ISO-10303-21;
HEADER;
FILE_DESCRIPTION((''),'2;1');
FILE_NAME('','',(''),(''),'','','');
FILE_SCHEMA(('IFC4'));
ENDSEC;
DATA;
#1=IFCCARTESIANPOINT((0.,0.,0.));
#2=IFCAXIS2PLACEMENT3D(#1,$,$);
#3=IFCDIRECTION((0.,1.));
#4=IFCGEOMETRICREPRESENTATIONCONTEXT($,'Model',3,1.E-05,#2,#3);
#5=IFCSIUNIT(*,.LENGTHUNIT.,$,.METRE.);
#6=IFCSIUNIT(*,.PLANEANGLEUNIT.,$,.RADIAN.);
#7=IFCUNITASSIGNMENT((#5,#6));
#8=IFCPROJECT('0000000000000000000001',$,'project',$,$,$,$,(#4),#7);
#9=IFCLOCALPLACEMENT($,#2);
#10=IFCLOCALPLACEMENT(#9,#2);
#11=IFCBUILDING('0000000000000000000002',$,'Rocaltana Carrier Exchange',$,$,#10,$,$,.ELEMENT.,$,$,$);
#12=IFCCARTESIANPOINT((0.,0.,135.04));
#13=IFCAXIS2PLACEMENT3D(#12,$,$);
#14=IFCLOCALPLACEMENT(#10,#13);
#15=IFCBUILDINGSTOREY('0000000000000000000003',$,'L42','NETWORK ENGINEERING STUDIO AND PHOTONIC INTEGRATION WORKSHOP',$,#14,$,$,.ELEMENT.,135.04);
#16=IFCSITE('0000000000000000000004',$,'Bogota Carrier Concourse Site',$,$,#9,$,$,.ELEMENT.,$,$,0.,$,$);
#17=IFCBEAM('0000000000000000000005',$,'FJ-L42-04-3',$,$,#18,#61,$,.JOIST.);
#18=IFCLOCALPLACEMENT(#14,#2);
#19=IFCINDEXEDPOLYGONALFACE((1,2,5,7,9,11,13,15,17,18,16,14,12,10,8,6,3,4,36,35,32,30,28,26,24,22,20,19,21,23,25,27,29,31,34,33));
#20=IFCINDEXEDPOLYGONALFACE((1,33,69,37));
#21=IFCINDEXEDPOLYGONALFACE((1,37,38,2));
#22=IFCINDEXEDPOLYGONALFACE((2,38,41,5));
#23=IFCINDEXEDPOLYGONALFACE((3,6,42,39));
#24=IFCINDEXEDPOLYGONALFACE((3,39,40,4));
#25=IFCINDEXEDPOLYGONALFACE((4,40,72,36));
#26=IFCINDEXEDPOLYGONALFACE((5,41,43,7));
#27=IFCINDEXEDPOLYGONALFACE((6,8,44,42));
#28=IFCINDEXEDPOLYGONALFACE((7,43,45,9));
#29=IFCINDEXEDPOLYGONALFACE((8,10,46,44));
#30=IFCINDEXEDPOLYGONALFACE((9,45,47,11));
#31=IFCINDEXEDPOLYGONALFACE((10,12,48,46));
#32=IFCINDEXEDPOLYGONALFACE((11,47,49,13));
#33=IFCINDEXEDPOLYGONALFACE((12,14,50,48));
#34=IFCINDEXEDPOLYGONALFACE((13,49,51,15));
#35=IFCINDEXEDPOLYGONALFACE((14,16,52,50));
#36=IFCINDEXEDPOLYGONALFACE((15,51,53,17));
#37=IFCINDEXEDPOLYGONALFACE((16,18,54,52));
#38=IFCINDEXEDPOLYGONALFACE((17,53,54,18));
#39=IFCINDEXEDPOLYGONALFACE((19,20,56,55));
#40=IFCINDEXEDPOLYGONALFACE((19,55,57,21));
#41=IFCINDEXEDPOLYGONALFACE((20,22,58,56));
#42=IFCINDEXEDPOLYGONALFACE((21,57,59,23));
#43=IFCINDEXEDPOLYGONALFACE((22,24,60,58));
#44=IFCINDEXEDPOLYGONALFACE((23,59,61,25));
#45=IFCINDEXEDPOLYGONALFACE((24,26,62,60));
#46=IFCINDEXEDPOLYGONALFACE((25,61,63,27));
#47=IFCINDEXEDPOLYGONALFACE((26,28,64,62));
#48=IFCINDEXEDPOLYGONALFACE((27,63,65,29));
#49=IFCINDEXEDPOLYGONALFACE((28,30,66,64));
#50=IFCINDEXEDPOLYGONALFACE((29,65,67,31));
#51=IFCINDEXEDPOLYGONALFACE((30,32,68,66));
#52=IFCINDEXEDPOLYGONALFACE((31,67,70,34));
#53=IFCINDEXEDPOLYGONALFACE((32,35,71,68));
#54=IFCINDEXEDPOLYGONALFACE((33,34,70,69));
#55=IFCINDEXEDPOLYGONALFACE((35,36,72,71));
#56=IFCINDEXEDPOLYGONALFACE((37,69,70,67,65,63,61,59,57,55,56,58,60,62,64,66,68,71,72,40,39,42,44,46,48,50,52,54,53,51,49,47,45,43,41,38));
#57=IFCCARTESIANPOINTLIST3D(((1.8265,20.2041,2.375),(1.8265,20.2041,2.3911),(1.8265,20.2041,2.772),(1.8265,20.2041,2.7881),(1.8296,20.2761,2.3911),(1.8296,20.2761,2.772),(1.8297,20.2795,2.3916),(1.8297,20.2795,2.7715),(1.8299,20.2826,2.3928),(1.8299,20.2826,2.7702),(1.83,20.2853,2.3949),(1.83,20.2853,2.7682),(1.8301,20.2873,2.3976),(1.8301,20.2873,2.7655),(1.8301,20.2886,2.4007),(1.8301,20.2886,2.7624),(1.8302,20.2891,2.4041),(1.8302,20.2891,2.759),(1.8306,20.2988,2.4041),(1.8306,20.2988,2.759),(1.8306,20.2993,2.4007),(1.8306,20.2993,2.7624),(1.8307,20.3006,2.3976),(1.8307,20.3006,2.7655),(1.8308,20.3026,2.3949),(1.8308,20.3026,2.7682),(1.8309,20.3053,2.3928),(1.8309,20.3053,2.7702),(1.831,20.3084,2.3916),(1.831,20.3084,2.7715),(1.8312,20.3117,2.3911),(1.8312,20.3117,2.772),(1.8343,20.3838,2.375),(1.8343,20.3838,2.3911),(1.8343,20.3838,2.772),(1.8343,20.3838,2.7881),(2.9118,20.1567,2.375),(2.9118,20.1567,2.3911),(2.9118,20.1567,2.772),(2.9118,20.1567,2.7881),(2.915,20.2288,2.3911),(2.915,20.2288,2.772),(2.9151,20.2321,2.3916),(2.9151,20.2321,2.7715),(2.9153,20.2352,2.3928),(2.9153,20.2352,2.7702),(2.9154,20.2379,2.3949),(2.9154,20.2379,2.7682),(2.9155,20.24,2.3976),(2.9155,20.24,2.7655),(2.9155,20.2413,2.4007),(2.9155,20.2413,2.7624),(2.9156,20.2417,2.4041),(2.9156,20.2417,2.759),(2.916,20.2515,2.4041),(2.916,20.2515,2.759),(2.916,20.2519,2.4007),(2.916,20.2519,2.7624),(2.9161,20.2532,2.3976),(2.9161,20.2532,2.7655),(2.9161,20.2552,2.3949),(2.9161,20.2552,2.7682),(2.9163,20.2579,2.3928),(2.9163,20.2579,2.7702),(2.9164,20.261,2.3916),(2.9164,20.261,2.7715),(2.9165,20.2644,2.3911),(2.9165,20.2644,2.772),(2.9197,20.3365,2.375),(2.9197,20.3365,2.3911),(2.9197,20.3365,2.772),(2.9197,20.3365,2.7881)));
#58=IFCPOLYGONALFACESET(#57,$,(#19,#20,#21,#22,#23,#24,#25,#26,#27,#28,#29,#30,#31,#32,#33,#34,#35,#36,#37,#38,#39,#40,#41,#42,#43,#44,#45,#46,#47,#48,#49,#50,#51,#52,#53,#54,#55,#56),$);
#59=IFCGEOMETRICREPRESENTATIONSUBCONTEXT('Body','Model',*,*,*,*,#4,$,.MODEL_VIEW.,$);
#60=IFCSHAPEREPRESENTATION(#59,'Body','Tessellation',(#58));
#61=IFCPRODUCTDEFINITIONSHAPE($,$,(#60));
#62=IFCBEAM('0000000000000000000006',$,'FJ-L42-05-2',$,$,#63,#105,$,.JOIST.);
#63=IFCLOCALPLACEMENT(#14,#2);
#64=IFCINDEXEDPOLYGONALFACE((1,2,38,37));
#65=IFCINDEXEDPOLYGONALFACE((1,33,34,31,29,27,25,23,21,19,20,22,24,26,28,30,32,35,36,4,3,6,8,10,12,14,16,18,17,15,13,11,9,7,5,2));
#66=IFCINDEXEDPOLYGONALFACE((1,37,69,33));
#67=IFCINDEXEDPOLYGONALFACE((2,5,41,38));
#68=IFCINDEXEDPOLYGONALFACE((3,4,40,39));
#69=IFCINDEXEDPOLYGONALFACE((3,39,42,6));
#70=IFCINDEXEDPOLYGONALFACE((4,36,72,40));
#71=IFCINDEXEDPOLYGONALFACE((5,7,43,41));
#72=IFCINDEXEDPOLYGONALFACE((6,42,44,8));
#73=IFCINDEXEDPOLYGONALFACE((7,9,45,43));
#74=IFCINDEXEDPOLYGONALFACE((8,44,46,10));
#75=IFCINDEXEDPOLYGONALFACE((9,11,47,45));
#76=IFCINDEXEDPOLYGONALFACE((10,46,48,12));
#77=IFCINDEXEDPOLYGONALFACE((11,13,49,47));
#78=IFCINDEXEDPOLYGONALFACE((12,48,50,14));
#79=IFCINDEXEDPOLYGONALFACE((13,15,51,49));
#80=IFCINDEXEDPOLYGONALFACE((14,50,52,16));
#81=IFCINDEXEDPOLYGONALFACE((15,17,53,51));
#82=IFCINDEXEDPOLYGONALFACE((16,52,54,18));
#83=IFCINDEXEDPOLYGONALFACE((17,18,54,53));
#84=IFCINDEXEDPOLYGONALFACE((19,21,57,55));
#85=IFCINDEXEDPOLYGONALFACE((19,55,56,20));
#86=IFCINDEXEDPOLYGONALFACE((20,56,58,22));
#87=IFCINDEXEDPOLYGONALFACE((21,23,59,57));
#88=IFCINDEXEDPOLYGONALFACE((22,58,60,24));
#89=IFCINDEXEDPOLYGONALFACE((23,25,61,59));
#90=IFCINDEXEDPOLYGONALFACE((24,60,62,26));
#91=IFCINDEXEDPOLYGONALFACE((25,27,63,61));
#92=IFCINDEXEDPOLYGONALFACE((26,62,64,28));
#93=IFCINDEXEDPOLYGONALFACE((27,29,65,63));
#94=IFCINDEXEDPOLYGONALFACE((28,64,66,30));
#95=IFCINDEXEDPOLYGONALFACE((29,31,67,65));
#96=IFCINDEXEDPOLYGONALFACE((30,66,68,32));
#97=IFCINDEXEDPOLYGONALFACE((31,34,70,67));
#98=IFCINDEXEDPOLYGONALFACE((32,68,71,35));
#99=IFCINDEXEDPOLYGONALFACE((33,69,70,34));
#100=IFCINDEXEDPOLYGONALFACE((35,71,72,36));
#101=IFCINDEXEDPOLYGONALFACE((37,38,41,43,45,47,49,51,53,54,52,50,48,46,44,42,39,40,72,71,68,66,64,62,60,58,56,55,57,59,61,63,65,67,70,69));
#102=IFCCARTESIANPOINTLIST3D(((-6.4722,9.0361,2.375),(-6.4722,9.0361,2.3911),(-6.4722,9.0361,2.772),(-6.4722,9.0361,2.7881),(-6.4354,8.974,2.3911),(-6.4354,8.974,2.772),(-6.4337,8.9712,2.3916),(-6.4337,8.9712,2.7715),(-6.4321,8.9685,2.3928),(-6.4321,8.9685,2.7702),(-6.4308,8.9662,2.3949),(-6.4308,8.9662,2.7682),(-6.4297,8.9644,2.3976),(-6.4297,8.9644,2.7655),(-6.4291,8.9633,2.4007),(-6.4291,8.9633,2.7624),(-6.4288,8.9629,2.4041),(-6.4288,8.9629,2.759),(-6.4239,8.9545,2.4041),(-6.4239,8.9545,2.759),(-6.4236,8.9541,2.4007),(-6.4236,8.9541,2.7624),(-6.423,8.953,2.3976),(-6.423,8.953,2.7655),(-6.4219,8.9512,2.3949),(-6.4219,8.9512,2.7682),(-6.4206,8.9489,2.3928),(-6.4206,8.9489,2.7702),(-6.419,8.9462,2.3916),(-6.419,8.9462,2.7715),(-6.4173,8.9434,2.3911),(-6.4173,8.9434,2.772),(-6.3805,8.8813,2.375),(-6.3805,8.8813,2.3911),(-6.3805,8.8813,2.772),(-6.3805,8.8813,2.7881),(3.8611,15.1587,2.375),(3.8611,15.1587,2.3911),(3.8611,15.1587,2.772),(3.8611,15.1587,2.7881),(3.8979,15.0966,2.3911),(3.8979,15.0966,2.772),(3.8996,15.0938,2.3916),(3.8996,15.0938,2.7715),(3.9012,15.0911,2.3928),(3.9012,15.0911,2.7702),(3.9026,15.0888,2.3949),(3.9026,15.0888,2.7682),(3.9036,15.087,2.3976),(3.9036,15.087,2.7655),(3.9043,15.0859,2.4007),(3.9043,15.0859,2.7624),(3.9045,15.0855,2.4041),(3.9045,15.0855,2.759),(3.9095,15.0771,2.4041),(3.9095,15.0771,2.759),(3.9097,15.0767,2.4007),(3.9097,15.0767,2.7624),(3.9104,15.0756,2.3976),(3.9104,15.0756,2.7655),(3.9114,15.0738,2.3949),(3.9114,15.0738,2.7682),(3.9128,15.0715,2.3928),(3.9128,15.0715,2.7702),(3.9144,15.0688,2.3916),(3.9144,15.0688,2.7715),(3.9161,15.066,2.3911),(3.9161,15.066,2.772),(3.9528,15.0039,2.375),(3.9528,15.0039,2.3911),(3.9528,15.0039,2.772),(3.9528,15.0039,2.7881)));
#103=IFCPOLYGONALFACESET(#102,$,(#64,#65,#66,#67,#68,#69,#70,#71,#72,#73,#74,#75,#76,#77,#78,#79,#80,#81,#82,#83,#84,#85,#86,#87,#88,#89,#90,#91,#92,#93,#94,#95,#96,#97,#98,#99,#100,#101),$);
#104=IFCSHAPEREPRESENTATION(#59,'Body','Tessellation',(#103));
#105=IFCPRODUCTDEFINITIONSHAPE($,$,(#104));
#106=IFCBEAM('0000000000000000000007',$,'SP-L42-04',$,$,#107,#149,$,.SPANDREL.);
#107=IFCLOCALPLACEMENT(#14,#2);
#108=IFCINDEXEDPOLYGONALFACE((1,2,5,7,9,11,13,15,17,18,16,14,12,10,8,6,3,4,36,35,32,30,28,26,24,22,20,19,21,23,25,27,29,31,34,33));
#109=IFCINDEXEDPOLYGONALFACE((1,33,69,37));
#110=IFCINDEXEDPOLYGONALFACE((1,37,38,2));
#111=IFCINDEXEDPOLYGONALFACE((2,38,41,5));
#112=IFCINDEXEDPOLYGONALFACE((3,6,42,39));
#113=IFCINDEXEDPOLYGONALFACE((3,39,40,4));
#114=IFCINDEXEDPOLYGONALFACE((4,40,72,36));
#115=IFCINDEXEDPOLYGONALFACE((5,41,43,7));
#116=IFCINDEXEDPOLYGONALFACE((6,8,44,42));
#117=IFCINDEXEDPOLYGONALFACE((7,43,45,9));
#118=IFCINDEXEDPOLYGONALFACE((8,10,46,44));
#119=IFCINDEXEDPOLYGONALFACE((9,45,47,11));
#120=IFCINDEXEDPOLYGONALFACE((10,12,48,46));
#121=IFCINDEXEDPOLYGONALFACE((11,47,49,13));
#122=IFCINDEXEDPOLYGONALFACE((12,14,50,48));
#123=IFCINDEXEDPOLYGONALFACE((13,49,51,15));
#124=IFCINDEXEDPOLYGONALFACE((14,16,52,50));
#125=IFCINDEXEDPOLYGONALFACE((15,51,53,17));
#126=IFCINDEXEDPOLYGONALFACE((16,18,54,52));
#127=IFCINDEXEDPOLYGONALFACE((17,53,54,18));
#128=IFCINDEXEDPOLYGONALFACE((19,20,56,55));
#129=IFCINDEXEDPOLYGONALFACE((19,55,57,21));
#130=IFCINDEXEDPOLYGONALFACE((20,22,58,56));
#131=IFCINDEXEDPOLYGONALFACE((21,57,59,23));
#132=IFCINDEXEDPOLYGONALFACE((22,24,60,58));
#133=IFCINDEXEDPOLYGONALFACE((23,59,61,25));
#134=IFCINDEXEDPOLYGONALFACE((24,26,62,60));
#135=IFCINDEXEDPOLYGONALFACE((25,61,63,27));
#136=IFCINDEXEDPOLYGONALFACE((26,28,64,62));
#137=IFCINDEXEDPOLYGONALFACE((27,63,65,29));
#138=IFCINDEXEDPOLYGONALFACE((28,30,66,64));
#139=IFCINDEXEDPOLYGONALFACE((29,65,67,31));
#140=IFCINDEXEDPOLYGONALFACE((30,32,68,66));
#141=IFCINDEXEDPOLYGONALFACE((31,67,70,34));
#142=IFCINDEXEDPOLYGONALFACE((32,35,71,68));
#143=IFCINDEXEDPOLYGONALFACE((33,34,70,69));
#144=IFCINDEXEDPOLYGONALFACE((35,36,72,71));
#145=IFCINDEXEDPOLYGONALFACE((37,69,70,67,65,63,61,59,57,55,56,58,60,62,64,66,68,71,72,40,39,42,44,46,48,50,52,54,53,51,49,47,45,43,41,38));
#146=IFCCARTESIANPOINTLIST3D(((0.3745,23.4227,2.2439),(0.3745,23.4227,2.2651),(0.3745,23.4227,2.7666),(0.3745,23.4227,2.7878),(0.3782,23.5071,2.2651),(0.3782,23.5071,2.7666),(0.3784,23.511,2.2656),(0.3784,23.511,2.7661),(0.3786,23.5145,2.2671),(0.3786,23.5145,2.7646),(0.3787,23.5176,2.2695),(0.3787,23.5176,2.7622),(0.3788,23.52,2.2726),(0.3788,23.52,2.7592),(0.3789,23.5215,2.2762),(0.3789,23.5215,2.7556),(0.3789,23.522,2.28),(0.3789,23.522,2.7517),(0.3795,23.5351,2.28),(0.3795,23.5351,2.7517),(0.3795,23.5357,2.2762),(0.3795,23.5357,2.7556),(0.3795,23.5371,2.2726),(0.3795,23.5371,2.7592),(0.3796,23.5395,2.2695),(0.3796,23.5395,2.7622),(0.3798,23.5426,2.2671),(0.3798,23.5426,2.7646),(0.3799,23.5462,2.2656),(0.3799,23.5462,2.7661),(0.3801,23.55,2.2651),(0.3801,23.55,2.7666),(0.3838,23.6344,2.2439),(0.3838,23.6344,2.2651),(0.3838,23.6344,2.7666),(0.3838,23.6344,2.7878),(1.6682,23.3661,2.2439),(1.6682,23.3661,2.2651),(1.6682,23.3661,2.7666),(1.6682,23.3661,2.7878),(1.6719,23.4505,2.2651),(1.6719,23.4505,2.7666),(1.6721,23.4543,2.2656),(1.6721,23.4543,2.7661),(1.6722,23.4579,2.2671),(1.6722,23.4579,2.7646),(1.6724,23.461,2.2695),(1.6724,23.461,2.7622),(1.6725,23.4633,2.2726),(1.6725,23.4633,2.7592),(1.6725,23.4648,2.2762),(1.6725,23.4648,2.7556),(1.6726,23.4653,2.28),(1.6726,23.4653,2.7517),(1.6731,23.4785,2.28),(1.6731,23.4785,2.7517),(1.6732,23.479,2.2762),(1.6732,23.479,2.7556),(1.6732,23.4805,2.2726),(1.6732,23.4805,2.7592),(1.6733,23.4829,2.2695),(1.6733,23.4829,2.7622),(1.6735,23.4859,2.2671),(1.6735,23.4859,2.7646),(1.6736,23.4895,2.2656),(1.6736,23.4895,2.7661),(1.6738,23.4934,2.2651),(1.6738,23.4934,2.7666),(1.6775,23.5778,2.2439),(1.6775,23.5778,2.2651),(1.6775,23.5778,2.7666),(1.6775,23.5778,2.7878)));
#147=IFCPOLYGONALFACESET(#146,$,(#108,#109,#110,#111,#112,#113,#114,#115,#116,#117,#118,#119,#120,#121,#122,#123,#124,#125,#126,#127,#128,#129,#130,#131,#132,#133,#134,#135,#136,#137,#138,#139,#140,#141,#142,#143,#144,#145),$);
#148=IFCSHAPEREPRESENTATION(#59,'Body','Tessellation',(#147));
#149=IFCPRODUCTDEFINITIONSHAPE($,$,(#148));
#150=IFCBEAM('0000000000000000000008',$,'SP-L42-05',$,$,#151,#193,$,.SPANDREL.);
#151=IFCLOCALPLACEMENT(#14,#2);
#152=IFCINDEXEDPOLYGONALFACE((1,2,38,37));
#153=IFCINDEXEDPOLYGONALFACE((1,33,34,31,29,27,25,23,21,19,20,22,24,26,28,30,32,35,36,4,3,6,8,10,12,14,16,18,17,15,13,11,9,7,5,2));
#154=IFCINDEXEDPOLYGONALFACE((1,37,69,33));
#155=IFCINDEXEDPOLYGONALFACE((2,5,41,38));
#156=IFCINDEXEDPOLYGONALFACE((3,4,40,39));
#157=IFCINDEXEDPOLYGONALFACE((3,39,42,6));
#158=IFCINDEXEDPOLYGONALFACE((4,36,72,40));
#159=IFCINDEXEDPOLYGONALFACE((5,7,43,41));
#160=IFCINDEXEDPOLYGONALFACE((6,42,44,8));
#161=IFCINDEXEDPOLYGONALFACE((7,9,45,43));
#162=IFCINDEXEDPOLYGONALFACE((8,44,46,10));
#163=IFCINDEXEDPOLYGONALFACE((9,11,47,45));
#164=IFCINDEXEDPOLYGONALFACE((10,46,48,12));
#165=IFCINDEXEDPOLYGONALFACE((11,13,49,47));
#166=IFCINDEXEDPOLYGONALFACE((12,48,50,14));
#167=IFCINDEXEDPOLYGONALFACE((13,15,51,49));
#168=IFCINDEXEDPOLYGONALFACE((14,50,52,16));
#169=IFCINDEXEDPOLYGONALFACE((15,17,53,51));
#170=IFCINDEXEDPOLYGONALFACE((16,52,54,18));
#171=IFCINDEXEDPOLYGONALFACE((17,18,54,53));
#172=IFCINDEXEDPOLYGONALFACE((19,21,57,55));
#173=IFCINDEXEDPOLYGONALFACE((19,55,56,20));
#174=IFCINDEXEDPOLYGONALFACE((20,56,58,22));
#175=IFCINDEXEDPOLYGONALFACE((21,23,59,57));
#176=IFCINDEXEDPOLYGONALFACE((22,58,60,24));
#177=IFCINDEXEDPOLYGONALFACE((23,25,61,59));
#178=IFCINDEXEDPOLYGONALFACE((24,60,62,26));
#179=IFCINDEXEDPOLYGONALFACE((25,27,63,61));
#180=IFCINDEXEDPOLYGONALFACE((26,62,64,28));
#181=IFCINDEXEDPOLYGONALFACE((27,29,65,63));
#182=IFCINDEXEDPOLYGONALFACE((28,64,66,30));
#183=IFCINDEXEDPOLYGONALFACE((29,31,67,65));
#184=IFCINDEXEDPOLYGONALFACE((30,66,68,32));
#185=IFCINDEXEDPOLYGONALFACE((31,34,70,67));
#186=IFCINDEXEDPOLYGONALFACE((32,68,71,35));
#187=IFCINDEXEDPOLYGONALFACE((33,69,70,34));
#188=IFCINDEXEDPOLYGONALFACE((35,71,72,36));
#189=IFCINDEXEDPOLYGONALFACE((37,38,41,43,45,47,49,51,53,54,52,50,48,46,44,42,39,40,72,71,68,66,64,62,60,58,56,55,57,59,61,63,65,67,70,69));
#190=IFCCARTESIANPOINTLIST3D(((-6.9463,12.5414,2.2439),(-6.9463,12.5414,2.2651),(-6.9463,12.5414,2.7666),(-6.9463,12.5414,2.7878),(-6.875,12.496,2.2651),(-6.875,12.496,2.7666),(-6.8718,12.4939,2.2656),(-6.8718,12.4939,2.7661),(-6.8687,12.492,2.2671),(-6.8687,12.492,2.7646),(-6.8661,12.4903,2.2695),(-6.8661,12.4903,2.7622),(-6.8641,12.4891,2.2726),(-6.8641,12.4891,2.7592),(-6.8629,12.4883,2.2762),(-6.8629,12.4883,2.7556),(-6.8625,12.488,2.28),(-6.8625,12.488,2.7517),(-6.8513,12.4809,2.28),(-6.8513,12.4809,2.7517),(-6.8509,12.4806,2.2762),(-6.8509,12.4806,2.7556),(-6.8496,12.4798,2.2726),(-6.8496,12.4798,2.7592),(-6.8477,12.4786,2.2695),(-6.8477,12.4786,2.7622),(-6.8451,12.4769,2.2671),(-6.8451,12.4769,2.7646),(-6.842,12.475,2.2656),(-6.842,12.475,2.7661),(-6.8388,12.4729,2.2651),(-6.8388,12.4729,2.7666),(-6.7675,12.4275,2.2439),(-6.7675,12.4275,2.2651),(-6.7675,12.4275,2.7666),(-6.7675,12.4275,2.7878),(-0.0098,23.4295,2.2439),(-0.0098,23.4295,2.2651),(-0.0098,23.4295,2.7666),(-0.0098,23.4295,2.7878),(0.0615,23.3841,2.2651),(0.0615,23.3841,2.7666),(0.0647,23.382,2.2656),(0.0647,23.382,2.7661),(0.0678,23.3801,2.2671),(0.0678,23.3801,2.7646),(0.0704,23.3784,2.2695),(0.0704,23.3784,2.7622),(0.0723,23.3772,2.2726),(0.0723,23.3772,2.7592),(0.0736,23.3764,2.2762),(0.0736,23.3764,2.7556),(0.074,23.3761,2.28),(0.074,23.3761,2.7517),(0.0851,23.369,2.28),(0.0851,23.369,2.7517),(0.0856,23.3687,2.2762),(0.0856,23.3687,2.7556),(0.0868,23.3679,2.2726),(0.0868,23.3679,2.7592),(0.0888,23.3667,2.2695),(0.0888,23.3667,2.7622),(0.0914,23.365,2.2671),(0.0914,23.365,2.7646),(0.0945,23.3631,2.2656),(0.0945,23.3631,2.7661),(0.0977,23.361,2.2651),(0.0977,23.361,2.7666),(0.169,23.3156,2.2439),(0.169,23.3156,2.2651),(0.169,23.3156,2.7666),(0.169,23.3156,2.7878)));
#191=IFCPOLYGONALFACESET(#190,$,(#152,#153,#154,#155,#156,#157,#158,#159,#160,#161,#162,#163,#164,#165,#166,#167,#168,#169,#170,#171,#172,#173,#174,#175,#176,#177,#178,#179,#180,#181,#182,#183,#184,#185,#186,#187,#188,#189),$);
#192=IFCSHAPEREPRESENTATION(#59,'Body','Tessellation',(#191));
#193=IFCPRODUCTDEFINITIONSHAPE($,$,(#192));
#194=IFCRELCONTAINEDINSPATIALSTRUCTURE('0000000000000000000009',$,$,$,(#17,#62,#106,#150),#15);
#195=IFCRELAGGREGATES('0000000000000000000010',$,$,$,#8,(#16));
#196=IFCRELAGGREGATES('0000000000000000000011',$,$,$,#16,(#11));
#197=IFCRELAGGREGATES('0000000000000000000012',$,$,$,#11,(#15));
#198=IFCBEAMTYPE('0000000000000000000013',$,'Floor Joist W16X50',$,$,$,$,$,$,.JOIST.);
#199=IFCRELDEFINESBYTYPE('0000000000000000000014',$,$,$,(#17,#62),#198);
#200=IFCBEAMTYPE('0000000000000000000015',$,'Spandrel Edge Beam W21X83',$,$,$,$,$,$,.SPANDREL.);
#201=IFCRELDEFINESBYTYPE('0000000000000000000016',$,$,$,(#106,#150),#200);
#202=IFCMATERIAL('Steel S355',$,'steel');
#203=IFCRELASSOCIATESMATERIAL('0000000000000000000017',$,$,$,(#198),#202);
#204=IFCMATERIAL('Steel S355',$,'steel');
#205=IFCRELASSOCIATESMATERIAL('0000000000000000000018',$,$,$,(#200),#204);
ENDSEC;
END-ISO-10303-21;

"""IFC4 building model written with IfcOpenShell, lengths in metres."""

from ifc_helpers import new_model, si_unit, direction, frame, origin, origin_2d, place, context, subcontext, project, spatial, i_section, extrude, material, material_profile, profile_set, type_object, element, save


model = new_model("IFC4")

# Units and contexts
model_context = context("Model", 3, precision=1e-05, world=origin(), true_north=direction((0.0, 1.0)))
body_context = subcontext(model_context, "Body", "Model", "MODEL_VIEW")
ifc_project = project(units=[si_unit("LENGTHUNIT", "METRE"), si_unit("PLANEANGLEUNIT", "RADIAN")], contexts=[model_context])

# Site, building, storey
site_placement = place(None, origin())
site = spatial("IfcSite", under=ifc_project, at=site_placement, Name="Bogota Carrier Concourse Site", CompositionType="ELEMENT", RefElevation=0.0)
building_placement = place(site_placement, origin())
building = spatial("IfcBuilding", under=site, at=building_placement, Name="Rocaltana Carrier Exchange", CompositionType="ELEMENT")
storey_placement = place(building_placement, frame((0.0, 0.0, 135.04)))
storey = spatial("IfcBuildingStorey", under=building, at=storey_placement, Name="L42", Description="NETWORK ENGINEERING STUDIO AND PHOTONIC INTEGRATION WORKSHOP", CompositionType="ELEMENT", Elevation=135.04)

# Beams
ifc_material_1 = material(Name="Steel S355", Category="steel")
ifc_material_profile_1 = material_profile(ifc_material_1, i_section(OverallWidth=0.1799, OverallDepth=0.4131, WebThickness=0.0098, FlangeThickness=0.0161, FilletRadius=0.0129, at=origin_2d()), Name="W16X50")
ifc_profile_set_1 = profile_set([ifc_material_profile_1], Name="Steel S355")
beam_type_1 = type_object("IfcBeamType", Name="Floor Joist W16X50", PredefinedType="JOIST", material=ifc_profile_set_1)
beam_1_placement = place(storey_placement, frame((2.9158, 20.2466, 2.5815), z_axis=(-0.999049, 0.043593, 0.0), x_axis=(-0.043593, -0.999049, 0.0)))
element("IfcBeam", 1, at=beam_1_placement, inside=storey, type_object=beam_type_1, Name="FJ-L42-04-3", PredefinedType="JOIST", context=body_context, shape_type="SweptSolid", body=[
    extrude(i_section(OverallWidth=0.1799, OverallDepth=0.4131, WebThickness=0.0098, FlangeThickness=0.0161, FilletRadius=0.0129, at=origin_2d()), origin(), (0.0, 0.0, 1.0), 1.0864),
])
beam_2_placement = place(storey_placement, frame((3.907, 15.0813, 2.5815), z_axis=(-0.860323, -0.50975, 0.0), x_axis=(0.50975, -0.860323, 0.0)))
element("IfcBeam", 2, at=beam_2_placement, inside=storey, type_object=beam_type_1, Name="FJ-L42-05-2", PredefinedType="JOIST", context=body_context, shape_type="SweptSolid", body=[
    extrude(i_section(OverallWidth=0.1799, OverallDepth=0.4131, WebThickness=0.0098, FlangeThickness=0.0161, FilletRadius=0.0129, at=origin_2d()), origin(), (0.0, 0.0, 1.0), 12.011),
])
ifc_material_2 = material(Name="Steel S355", Category="steel")
ifc_material_profile_2 = material_profile(ifc_material_2, i_section(OverallWidth=0.2119, OverallDepth=0.5439, WebThickness=0.0132, FlangeThickness=0.0212, FilletRadius=0.0149, at=origin_2d()), Name="W21X83")
ifc_profile_set_2 = profile_set([ifc_material_profile_2], Name="Steel S355")
beam_type_2 = type_object("IfcBeamType", Name="Spandrel Edge Beam W21X83", PredefinedType="SPANDREL", material=ifc_profile_set_2)
beam_3_placement = place(storey_placement, frame((1.6729, 23.4719, 2.5159), z_axis=(-0.999043, 0.04374, 0.0), x_axis=(-0.04374, -0.999043, 0.0)))
element("IfcBeam", 3, at=beam_3_placement, inside=storey, type_object=beam_type_2, Name="SP-L42-04", PredefinedType="SPANDREL", context=body_context, shape_type="SweptSolid", body=[
    extrude(i_section(OverallWidth=0.2119, OverallDepth=0.5439, WebThickness=0.0132, FlangeThickness=0.0212, FilletRadius=0.0149, at=origin_2d()), origin(), (0.0, 0.0, 1.0), 1.2949),
])
beam_4_placement = place(storey_placement, frame((0.0796, 23.3726, 2.5159), z_axis=(-0.537299, -0.843392, 0.0), x_axis=(0.843392, -0.537299, 0.0)))
element("IfcBeam", 4, at=beam_4_placement, inside=storey, type_object=beam_type_2, Name="SP-L42-05", PredefinedType="SPANDREL", context=body_context, shape_type="SweptSolid", body=[
    extrude(i_section(OverallWidth=0.2119, OverallDepth=0.5439, WebThickness=0.0132, FlangeThickness=0.0212, FilletRadius=0.0149, at=origin_2d()), origin(), (0.0, 0.0, 1.0), 12.9099),
])

save(model, "model.ifc")
